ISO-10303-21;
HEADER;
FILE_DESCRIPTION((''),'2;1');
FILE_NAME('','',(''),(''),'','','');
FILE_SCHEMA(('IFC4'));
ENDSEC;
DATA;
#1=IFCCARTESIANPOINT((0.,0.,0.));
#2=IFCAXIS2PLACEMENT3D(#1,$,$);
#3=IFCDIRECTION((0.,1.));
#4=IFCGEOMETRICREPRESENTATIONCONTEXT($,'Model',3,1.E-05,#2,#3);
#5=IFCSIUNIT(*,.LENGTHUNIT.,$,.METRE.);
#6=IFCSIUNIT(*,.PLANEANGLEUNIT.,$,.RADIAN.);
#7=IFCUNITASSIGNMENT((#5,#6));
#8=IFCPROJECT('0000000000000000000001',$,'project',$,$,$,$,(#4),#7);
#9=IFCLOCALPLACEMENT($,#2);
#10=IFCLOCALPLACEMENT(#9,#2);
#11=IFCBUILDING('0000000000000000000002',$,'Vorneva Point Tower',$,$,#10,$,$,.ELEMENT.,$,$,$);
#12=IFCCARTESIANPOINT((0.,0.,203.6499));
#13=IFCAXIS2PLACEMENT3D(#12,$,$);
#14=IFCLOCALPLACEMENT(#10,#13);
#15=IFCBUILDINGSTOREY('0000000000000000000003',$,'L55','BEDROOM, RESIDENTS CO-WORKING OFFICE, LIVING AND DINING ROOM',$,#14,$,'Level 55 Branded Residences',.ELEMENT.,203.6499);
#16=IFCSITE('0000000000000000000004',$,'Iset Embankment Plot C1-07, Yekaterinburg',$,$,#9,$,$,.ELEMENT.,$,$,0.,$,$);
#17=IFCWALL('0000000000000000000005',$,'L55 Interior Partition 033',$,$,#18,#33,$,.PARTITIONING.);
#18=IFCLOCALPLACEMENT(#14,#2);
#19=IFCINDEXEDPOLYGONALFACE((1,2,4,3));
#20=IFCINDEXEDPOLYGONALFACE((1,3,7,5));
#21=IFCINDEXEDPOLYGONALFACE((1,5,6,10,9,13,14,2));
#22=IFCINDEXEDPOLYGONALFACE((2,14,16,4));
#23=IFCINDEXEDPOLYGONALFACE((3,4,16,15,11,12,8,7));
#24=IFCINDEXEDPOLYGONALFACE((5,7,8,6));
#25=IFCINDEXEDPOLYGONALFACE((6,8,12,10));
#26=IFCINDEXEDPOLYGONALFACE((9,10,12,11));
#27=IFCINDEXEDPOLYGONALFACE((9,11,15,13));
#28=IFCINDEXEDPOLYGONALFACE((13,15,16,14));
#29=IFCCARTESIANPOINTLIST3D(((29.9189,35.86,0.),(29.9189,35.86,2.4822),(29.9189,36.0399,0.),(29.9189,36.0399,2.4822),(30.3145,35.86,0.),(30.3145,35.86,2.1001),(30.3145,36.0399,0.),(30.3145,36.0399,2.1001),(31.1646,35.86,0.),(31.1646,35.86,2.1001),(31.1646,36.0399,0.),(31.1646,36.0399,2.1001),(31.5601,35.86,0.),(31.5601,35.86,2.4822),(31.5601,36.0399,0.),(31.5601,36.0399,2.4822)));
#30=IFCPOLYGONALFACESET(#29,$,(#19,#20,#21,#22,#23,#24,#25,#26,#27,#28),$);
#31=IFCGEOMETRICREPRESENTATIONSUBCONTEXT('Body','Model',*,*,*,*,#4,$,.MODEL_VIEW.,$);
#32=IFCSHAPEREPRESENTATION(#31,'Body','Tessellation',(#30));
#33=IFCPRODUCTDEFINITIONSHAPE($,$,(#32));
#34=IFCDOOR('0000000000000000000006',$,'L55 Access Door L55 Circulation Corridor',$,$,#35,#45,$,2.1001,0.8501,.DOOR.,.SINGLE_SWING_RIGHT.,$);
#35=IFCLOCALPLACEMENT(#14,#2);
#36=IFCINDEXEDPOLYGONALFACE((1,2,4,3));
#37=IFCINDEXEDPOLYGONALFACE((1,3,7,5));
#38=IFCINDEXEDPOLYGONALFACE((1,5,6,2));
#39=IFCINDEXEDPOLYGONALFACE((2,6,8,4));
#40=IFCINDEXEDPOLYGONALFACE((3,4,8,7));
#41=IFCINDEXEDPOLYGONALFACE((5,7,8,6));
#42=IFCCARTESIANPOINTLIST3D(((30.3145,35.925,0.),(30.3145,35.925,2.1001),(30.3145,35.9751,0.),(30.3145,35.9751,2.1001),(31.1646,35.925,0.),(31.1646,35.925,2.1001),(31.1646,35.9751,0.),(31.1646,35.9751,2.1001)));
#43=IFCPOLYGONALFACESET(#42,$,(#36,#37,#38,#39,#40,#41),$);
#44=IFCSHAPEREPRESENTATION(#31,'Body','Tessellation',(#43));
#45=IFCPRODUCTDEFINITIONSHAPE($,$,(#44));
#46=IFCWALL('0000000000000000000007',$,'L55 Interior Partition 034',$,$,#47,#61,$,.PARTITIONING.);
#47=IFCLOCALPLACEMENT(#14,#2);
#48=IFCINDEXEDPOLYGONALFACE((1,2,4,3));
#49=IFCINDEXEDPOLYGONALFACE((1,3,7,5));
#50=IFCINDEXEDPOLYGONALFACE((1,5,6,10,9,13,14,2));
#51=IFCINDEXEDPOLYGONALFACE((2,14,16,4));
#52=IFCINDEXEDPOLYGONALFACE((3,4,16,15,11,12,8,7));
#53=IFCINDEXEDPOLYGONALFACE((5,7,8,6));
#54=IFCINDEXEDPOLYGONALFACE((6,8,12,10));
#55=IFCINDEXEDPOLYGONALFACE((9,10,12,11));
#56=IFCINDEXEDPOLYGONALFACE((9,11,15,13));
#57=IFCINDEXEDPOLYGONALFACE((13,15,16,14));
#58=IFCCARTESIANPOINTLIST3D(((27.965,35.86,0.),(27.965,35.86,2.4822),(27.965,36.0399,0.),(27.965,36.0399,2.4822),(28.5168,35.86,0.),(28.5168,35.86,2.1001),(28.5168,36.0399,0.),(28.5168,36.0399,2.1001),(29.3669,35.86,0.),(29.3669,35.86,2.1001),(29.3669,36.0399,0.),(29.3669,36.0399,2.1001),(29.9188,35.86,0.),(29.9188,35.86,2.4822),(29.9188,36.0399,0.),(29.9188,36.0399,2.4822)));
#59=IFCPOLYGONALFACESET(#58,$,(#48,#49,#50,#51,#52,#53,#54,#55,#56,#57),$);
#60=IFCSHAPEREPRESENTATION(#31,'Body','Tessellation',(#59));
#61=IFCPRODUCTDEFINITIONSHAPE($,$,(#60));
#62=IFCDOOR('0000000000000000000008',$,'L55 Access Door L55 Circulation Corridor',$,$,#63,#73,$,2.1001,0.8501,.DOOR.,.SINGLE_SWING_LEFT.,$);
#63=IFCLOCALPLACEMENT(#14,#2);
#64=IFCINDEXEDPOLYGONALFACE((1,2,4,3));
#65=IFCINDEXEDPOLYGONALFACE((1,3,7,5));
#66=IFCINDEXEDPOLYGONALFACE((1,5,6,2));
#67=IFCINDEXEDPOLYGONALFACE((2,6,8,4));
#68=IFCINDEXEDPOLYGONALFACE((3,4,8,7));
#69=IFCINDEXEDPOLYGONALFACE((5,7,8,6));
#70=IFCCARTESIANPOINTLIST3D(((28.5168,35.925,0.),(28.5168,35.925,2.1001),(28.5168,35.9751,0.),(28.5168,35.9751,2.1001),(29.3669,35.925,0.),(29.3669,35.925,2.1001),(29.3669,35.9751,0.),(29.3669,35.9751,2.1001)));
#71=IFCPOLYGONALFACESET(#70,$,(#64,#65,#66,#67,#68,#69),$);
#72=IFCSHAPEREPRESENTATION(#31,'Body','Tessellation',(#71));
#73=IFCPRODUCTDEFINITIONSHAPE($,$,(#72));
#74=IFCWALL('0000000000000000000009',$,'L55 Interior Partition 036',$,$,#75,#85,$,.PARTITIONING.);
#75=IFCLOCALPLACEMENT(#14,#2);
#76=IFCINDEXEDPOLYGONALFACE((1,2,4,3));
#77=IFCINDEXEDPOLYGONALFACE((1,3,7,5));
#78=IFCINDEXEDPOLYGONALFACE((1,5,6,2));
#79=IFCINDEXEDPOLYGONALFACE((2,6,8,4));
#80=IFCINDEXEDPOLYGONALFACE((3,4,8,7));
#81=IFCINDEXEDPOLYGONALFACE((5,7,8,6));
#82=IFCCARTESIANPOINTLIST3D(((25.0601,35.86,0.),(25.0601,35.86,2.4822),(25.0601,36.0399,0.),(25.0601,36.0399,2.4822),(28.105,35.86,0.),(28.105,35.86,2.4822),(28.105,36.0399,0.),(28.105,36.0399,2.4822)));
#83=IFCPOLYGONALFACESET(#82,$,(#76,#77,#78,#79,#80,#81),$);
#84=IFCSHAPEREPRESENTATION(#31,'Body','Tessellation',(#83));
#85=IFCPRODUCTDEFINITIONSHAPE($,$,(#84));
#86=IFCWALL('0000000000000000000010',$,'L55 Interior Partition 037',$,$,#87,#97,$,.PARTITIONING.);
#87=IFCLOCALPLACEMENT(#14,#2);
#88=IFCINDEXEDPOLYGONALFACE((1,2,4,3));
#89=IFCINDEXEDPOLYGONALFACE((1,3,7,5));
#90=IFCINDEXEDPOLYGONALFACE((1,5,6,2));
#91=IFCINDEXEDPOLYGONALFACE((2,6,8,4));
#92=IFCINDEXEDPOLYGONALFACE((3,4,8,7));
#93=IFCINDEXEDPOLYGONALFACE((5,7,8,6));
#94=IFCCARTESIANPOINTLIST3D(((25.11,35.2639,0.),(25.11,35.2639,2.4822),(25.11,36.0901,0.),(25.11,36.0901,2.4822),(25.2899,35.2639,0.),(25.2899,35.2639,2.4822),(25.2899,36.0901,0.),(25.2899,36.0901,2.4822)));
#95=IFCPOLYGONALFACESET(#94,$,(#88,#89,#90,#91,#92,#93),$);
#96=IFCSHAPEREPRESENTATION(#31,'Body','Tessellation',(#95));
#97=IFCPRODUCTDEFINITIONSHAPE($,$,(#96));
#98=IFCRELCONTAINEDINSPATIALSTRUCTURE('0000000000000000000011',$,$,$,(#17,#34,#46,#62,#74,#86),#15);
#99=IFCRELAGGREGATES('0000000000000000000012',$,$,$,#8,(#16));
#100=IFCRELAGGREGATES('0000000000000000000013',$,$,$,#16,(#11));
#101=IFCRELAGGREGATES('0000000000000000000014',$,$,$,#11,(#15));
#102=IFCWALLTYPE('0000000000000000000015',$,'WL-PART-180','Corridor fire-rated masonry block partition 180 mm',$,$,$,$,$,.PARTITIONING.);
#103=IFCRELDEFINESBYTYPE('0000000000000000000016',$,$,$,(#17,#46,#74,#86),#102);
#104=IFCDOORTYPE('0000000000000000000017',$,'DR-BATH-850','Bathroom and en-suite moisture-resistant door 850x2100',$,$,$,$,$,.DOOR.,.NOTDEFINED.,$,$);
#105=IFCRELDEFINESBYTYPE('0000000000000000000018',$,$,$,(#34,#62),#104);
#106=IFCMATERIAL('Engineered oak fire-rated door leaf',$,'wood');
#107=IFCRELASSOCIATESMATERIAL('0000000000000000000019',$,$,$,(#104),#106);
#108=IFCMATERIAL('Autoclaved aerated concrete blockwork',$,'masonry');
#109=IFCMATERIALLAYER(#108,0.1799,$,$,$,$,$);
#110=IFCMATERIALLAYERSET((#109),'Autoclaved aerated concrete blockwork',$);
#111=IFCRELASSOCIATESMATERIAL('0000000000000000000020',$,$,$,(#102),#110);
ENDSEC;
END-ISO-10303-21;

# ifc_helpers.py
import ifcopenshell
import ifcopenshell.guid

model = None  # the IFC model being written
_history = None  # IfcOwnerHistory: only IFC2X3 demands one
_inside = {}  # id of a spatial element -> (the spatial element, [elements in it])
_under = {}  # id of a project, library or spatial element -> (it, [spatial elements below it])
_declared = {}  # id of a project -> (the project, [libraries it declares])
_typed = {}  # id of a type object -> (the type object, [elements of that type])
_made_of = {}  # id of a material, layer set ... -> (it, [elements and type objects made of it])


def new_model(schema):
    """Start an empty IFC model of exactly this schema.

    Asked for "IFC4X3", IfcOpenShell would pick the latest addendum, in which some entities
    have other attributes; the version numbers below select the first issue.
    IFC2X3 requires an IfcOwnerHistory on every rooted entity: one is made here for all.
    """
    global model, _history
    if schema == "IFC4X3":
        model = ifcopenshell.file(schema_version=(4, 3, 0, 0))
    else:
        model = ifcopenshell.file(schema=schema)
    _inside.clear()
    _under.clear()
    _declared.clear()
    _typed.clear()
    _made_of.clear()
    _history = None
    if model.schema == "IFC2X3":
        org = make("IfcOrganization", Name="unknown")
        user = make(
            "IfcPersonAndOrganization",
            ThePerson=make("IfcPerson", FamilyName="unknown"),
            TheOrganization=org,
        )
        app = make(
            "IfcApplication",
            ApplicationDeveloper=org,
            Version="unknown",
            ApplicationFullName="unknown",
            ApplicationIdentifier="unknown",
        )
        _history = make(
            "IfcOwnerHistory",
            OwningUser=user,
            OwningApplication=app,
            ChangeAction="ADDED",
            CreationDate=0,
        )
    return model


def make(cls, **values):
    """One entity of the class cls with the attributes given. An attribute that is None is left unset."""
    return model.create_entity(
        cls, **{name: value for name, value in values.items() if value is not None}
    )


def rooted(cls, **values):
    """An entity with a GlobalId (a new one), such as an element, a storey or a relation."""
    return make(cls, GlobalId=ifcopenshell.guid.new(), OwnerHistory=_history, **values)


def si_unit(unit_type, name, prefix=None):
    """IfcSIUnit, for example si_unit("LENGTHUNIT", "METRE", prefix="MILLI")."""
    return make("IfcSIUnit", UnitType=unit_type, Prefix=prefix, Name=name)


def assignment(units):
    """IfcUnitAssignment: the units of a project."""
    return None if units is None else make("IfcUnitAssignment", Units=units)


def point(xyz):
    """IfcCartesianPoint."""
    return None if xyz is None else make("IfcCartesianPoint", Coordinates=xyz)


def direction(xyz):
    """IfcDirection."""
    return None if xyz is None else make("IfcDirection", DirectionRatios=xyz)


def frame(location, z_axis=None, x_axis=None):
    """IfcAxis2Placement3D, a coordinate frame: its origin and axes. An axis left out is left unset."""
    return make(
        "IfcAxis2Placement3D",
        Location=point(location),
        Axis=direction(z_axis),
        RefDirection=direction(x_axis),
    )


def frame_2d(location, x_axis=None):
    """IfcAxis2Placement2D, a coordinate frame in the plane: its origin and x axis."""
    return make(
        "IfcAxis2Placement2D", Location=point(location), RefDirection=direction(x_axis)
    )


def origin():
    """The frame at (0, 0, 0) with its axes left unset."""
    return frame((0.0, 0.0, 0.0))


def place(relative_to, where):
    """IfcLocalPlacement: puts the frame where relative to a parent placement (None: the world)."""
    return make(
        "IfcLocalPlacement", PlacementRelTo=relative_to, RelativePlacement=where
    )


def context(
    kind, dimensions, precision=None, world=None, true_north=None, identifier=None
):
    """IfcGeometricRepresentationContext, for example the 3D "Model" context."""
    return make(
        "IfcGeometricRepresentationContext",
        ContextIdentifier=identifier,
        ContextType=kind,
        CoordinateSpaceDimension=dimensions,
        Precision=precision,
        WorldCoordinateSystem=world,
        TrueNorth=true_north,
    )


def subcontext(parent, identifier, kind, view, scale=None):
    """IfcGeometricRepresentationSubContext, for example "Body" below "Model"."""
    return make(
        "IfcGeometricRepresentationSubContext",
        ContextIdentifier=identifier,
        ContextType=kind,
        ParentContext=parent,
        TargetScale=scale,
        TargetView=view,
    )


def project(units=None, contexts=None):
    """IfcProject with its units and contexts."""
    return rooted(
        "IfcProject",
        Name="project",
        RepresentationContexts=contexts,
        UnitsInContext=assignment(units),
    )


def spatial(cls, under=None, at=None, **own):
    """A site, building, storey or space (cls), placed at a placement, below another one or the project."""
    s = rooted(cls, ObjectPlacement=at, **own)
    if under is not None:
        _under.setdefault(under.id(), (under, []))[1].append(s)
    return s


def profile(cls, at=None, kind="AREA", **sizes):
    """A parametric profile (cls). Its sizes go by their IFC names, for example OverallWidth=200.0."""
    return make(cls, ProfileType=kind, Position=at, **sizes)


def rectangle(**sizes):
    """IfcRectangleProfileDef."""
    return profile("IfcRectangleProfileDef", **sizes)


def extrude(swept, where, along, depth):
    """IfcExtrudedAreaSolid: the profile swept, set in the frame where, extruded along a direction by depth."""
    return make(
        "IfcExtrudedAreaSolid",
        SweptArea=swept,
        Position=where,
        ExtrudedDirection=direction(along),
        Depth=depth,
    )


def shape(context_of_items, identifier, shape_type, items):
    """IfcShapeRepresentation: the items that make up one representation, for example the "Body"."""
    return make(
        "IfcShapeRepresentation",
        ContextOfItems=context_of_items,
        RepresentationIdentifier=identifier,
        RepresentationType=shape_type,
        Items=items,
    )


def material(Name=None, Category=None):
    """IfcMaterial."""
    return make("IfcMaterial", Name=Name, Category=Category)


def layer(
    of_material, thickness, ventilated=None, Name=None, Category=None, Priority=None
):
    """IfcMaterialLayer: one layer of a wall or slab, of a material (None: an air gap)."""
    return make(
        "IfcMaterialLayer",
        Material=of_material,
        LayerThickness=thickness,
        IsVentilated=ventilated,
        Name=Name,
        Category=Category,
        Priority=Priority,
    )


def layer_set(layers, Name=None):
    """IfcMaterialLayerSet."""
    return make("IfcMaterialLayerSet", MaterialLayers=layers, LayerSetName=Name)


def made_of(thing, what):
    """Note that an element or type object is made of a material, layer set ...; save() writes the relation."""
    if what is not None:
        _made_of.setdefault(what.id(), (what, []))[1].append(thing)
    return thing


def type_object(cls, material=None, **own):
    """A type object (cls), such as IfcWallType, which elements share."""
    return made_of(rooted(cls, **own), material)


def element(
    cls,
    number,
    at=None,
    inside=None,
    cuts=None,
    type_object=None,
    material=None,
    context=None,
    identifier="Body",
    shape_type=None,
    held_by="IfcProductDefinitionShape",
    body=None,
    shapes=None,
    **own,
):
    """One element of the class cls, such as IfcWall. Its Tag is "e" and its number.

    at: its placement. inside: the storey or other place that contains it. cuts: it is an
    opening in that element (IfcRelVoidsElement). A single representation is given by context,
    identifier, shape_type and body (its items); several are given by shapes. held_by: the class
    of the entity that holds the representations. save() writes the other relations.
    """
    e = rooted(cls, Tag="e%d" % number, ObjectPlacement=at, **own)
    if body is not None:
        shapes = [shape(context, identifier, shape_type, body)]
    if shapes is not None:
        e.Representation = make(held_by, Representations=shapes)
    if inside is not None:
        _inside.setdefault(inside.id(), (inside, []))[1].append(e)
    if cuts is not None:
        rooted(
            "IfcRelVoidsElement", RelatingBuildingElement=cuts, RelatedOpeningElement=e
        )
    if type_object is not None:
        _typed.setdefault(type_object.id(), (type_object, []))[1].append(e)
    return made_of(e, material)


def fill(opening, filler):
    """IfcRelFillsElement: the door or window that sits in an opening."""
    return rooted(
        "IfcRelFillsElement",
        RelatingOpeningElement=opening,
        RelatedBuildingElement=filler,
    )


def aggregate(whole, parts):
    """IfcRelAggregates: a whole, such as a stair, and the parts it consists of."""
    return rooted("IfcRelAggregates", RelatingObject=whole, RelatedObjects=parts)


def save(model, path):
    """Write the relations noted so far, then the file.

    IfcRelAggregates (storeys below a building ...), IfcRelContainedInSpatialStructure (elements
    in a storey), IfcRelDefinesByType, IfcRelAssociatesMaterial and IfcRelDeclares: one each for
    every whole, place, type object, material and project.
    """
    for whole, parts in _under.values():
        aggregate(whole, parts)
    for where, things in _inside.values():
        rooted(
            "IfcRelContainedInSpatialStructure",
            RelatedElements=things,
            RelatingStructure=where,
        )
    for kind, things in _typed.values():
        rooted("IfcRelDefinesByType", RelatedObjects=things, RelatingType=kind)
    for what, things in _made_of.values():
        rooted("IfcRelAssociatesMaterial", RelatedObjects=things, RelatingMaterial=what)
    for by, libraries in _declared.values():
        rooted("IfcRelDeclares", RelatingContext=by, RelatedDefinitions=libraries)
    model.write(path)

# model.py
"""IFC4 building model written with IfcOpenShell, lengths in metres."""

from ifc_helpers import new_model, si_unit, direction, frame, frame_2d, origin, place, context, subcontext, project, spatial, rectangle, extrude, material, layer, layer_set, type_object, element, fill, save


model = new_model("IFC4")

# Units and contexts
model_context = context("Model", 3, precision=1e-05, world=origin(), true_north=direction((0.0, 1.0)))
body_context = subcontext(model_context, "Body", "Model", "MODEL_VIEW")
ifc_project = project(units=[si_unit("LENGTHUNIT", "METRE"), si_unit("PLANEANGLEUNIT", "RADIAN")], contexts=[model_context])

# Site, building, storey
site_placement = place(None, origin())
site = spatial("IfcSite", under=ifc_project, at=site_placement, Name="Iset Embankment Plot C1-07, Yekaterinburg", CompositionType="ELEMENT", RefElevation=0.0)
building_placement = place(site_placement, origin())
building = spatial("IfcBuilding", under=site, at=building_placement, Name="Vorneva Point Tower", CompositionType="ELEMENT")
storey_placement = place(building_placement, frame((0.0, 0.0, 203.6499)))
storey = spatial("IfcBuildingStorey", under=building, at=storey_placement, Name="L55", Description="BEDROOM, RESIDENTS CO-WORKING OFFICE, LIVING AND DINING ROOM", LongName="Level 55 Branded Residences", CompositionType="ELEMENT", Elevation=203.6499)

# Shared definitions
ifc_material_1 = material(Name="Engineered oak fire-rated door leaf", Category="wood")
door_type_1 = type_object("IfcDoorType", Name="DR-BATH-850", Description="Bathroom and en-suite moisture-resistant door 850x2100", OperationType="NOTDEFINED", PredefinedType="DOOR", material=ifc_material_1)
ifc_material_2 = material(Name="Autoclaved aerated concrete blockwork", Category="masonry")
ifc_layer_1 = layer(ifc_material_2, 0.1799)
ifc_layer_set_1 = layer_set([ifc_layer_1], Name="Autoclaved aerated concrete blockwork")
wall_type_1 = type_object("IfcWallType", Name="WL-PART-180", Description="Corridor fire-rated masonry block partition 180 mm", PredefinedType="PARTITIONING", material=ifc_layer_set_1)

# Walls, openings, doors
wall_1_placement = place(storey_placement, frame((31.5601, 35.95, 0.0), z_axis=(0.0, 0.0, 1.0), x_axis=(-1.0, 0.0, 0.0)))
wall_1 = element("IfcWall", 1, at=wall_1_placement, inside=storey, type_object=wall_type_1, Name="L55 Interior Partition 033", PredefinedType="PARTITIONING", context=body_context, shape_type="SweptSolid", body=[
    extrude(rectangle(XDim=1.6411, YDim=0.1799, at=frame_2d((0.8206, 0.0))), origin(), (0.0, 0.0, 1.0), 2.4822),
])
opening_1_placement = place(wall_1_placement, frame((0.3955, 0.0, 0.0)))
opening_1 = element("IfcOpeningElement", 2, at=opening_1_placement, cuts=wall_1, PredefinedType="OPENING", context=body_context, shape_type="SweptSolid", body=[
    extrude(rectangle(XDim=0.8501, YDim=2.1001, at=frame_2d((0.425, 1.05))), frame((0.0, 0.105, 0.0), z_axis=(0.0, -1.0, 0.0), x_axis=(1.0, 0.0, 0.0)), (0.0, 0.0, 1.0), 0.2097),
])
door_1_placement = place(opening_1_placement, origin())
door_1 = element("IfcDoor", 3, at=door_1_placement, inside=storey, type_object=door_type_1, Name="L55 Access Door L55 Circulation Corridor", OperationType="SINGLE_SWING_RIGHT", OverallHeight=2.1001, OverallWidth=0.8501, PredefinedType="DOOR", context=body_context, shape_type="SweptSolid", body=[
    extrude(rectangle(XDim=0.8501, YDim=2.1001, at=frame_2d((0.425, 1.05))), frame((0.0, 0.0249, 0.0), z_axis=(0.0, -1.0, 0.0), x_axis=(1.0, 0.0, 0.0)), (0.0, 0.0, 1.0), 0.05),
])
fill(opening_1, door_1)
wall_2_placement = place(storey_placement, frame((29.9189, 35.95, 0.0), z_axis=(0.0, 0.0, 1.0), x_axis=(-1.0, 0.0, 0.0)))
wall_2 = element("IfcWall", 4, at=wall_2_placement, inside=storey, type_object=wall_type_1, Name="L55 Interior Partition 034", PredefinedType="PARTITIONING", context=body_context, shape_type="SweptSolid", body=[
    extrude(rectangle(XDim=1.9539, YDim=0.1799, at=frame_2d((0.9771, 0.0))), origin(), (0.0, 0.0, 1.0), 2.4822),
])
opening_2_placement = place(wall_2_placement, frame((0.552, 0.0, 0.0)))
opening_2 = element("IfcOpeningElement", 5, at=opening_2_placement, cuts=wall_2, PredefinedType="OPENING", context=body_context, shape_type="SweptSolid", body=[
    extrude(rectangle(XDim=0.8501, YDim=2.1001, at=frame_2d((0.425, 1.05))), frame((0.0, 0.105, 0.0), z_axis=(0.0, -1.0, 0.0), x_axis=(1.0, 0.0, 0.0)), (0.0, 0.0, 1.0), 0.2097),
])
door_2_placement = place(opening_2_placement, origin())
door_2 = element("IfcDoor", 6, at=door_2_placement, inside=storey, type_object=door_type_1, Name="L55 Access Door L55 Circulation Corridor", OperationType="SINGLE_SWING_LEFT", OverallHeight=2.1001, OverallWidth=0.8501, PredefinedType="DOOR", context=body_context, shape_type="SweptSolid", body=[
    extrude(rectangle(XDim=0.8501, YDim=2.1001, at=frame_2d((0.425, 1.05))), frame((0.0, 0.0249, 0.0), z_axis=(0.0, -1.0, 0.0), x_axis=(1.0, 0.0, 0.0)), (0.0, 0.0, 1.0), 0.05),
])
fill(opening_2, door_2)

# Walls
wall_3_placement = place(storey_placement, frame((28.105, 35.95, 0.0), z_axis=(0.0, 0.0, 1.0), x_axis=(-1.0, 0.0, 0.0)))
element("IfcWall", 7, at=wall_3_placement, inside=storey, type_object=wall_type_1, Name="L55 Interior Partition 036", PredefinedType="PARTITIONING", context=body_context, shape_type="SweptSolid", body=[
    extrude(rectangle(XDim=3.0449, YDim=0.1799, at=frame_2d((1.5225, 0.0))), origin(), (0.0, 0.0, 1.0), 2.4822),
])
wall_4_placement = place(storey_placement, frame((25.2, 36.0901, 0.0), z_axis=(0.0, 0.0, 1.0), x_axis=(0.0, -1.0, 0.0)))
element("IfcWall", 8, at=wall_4_placement, inside=storey, type_object=wall_type_1, Name="L55 Interior Partition 037", PredefinedType="PARTITIONING", context=body_context, shape_type="SweptSolid", body=[
    extrude(rectangle(XDim=0.8262, YDim=0.1799, at=frame_2d((0.4131, 0.0))), origin(), (0.0, 0.0, 1.0), 2.4822),
])

save(model, "model.ifc")
